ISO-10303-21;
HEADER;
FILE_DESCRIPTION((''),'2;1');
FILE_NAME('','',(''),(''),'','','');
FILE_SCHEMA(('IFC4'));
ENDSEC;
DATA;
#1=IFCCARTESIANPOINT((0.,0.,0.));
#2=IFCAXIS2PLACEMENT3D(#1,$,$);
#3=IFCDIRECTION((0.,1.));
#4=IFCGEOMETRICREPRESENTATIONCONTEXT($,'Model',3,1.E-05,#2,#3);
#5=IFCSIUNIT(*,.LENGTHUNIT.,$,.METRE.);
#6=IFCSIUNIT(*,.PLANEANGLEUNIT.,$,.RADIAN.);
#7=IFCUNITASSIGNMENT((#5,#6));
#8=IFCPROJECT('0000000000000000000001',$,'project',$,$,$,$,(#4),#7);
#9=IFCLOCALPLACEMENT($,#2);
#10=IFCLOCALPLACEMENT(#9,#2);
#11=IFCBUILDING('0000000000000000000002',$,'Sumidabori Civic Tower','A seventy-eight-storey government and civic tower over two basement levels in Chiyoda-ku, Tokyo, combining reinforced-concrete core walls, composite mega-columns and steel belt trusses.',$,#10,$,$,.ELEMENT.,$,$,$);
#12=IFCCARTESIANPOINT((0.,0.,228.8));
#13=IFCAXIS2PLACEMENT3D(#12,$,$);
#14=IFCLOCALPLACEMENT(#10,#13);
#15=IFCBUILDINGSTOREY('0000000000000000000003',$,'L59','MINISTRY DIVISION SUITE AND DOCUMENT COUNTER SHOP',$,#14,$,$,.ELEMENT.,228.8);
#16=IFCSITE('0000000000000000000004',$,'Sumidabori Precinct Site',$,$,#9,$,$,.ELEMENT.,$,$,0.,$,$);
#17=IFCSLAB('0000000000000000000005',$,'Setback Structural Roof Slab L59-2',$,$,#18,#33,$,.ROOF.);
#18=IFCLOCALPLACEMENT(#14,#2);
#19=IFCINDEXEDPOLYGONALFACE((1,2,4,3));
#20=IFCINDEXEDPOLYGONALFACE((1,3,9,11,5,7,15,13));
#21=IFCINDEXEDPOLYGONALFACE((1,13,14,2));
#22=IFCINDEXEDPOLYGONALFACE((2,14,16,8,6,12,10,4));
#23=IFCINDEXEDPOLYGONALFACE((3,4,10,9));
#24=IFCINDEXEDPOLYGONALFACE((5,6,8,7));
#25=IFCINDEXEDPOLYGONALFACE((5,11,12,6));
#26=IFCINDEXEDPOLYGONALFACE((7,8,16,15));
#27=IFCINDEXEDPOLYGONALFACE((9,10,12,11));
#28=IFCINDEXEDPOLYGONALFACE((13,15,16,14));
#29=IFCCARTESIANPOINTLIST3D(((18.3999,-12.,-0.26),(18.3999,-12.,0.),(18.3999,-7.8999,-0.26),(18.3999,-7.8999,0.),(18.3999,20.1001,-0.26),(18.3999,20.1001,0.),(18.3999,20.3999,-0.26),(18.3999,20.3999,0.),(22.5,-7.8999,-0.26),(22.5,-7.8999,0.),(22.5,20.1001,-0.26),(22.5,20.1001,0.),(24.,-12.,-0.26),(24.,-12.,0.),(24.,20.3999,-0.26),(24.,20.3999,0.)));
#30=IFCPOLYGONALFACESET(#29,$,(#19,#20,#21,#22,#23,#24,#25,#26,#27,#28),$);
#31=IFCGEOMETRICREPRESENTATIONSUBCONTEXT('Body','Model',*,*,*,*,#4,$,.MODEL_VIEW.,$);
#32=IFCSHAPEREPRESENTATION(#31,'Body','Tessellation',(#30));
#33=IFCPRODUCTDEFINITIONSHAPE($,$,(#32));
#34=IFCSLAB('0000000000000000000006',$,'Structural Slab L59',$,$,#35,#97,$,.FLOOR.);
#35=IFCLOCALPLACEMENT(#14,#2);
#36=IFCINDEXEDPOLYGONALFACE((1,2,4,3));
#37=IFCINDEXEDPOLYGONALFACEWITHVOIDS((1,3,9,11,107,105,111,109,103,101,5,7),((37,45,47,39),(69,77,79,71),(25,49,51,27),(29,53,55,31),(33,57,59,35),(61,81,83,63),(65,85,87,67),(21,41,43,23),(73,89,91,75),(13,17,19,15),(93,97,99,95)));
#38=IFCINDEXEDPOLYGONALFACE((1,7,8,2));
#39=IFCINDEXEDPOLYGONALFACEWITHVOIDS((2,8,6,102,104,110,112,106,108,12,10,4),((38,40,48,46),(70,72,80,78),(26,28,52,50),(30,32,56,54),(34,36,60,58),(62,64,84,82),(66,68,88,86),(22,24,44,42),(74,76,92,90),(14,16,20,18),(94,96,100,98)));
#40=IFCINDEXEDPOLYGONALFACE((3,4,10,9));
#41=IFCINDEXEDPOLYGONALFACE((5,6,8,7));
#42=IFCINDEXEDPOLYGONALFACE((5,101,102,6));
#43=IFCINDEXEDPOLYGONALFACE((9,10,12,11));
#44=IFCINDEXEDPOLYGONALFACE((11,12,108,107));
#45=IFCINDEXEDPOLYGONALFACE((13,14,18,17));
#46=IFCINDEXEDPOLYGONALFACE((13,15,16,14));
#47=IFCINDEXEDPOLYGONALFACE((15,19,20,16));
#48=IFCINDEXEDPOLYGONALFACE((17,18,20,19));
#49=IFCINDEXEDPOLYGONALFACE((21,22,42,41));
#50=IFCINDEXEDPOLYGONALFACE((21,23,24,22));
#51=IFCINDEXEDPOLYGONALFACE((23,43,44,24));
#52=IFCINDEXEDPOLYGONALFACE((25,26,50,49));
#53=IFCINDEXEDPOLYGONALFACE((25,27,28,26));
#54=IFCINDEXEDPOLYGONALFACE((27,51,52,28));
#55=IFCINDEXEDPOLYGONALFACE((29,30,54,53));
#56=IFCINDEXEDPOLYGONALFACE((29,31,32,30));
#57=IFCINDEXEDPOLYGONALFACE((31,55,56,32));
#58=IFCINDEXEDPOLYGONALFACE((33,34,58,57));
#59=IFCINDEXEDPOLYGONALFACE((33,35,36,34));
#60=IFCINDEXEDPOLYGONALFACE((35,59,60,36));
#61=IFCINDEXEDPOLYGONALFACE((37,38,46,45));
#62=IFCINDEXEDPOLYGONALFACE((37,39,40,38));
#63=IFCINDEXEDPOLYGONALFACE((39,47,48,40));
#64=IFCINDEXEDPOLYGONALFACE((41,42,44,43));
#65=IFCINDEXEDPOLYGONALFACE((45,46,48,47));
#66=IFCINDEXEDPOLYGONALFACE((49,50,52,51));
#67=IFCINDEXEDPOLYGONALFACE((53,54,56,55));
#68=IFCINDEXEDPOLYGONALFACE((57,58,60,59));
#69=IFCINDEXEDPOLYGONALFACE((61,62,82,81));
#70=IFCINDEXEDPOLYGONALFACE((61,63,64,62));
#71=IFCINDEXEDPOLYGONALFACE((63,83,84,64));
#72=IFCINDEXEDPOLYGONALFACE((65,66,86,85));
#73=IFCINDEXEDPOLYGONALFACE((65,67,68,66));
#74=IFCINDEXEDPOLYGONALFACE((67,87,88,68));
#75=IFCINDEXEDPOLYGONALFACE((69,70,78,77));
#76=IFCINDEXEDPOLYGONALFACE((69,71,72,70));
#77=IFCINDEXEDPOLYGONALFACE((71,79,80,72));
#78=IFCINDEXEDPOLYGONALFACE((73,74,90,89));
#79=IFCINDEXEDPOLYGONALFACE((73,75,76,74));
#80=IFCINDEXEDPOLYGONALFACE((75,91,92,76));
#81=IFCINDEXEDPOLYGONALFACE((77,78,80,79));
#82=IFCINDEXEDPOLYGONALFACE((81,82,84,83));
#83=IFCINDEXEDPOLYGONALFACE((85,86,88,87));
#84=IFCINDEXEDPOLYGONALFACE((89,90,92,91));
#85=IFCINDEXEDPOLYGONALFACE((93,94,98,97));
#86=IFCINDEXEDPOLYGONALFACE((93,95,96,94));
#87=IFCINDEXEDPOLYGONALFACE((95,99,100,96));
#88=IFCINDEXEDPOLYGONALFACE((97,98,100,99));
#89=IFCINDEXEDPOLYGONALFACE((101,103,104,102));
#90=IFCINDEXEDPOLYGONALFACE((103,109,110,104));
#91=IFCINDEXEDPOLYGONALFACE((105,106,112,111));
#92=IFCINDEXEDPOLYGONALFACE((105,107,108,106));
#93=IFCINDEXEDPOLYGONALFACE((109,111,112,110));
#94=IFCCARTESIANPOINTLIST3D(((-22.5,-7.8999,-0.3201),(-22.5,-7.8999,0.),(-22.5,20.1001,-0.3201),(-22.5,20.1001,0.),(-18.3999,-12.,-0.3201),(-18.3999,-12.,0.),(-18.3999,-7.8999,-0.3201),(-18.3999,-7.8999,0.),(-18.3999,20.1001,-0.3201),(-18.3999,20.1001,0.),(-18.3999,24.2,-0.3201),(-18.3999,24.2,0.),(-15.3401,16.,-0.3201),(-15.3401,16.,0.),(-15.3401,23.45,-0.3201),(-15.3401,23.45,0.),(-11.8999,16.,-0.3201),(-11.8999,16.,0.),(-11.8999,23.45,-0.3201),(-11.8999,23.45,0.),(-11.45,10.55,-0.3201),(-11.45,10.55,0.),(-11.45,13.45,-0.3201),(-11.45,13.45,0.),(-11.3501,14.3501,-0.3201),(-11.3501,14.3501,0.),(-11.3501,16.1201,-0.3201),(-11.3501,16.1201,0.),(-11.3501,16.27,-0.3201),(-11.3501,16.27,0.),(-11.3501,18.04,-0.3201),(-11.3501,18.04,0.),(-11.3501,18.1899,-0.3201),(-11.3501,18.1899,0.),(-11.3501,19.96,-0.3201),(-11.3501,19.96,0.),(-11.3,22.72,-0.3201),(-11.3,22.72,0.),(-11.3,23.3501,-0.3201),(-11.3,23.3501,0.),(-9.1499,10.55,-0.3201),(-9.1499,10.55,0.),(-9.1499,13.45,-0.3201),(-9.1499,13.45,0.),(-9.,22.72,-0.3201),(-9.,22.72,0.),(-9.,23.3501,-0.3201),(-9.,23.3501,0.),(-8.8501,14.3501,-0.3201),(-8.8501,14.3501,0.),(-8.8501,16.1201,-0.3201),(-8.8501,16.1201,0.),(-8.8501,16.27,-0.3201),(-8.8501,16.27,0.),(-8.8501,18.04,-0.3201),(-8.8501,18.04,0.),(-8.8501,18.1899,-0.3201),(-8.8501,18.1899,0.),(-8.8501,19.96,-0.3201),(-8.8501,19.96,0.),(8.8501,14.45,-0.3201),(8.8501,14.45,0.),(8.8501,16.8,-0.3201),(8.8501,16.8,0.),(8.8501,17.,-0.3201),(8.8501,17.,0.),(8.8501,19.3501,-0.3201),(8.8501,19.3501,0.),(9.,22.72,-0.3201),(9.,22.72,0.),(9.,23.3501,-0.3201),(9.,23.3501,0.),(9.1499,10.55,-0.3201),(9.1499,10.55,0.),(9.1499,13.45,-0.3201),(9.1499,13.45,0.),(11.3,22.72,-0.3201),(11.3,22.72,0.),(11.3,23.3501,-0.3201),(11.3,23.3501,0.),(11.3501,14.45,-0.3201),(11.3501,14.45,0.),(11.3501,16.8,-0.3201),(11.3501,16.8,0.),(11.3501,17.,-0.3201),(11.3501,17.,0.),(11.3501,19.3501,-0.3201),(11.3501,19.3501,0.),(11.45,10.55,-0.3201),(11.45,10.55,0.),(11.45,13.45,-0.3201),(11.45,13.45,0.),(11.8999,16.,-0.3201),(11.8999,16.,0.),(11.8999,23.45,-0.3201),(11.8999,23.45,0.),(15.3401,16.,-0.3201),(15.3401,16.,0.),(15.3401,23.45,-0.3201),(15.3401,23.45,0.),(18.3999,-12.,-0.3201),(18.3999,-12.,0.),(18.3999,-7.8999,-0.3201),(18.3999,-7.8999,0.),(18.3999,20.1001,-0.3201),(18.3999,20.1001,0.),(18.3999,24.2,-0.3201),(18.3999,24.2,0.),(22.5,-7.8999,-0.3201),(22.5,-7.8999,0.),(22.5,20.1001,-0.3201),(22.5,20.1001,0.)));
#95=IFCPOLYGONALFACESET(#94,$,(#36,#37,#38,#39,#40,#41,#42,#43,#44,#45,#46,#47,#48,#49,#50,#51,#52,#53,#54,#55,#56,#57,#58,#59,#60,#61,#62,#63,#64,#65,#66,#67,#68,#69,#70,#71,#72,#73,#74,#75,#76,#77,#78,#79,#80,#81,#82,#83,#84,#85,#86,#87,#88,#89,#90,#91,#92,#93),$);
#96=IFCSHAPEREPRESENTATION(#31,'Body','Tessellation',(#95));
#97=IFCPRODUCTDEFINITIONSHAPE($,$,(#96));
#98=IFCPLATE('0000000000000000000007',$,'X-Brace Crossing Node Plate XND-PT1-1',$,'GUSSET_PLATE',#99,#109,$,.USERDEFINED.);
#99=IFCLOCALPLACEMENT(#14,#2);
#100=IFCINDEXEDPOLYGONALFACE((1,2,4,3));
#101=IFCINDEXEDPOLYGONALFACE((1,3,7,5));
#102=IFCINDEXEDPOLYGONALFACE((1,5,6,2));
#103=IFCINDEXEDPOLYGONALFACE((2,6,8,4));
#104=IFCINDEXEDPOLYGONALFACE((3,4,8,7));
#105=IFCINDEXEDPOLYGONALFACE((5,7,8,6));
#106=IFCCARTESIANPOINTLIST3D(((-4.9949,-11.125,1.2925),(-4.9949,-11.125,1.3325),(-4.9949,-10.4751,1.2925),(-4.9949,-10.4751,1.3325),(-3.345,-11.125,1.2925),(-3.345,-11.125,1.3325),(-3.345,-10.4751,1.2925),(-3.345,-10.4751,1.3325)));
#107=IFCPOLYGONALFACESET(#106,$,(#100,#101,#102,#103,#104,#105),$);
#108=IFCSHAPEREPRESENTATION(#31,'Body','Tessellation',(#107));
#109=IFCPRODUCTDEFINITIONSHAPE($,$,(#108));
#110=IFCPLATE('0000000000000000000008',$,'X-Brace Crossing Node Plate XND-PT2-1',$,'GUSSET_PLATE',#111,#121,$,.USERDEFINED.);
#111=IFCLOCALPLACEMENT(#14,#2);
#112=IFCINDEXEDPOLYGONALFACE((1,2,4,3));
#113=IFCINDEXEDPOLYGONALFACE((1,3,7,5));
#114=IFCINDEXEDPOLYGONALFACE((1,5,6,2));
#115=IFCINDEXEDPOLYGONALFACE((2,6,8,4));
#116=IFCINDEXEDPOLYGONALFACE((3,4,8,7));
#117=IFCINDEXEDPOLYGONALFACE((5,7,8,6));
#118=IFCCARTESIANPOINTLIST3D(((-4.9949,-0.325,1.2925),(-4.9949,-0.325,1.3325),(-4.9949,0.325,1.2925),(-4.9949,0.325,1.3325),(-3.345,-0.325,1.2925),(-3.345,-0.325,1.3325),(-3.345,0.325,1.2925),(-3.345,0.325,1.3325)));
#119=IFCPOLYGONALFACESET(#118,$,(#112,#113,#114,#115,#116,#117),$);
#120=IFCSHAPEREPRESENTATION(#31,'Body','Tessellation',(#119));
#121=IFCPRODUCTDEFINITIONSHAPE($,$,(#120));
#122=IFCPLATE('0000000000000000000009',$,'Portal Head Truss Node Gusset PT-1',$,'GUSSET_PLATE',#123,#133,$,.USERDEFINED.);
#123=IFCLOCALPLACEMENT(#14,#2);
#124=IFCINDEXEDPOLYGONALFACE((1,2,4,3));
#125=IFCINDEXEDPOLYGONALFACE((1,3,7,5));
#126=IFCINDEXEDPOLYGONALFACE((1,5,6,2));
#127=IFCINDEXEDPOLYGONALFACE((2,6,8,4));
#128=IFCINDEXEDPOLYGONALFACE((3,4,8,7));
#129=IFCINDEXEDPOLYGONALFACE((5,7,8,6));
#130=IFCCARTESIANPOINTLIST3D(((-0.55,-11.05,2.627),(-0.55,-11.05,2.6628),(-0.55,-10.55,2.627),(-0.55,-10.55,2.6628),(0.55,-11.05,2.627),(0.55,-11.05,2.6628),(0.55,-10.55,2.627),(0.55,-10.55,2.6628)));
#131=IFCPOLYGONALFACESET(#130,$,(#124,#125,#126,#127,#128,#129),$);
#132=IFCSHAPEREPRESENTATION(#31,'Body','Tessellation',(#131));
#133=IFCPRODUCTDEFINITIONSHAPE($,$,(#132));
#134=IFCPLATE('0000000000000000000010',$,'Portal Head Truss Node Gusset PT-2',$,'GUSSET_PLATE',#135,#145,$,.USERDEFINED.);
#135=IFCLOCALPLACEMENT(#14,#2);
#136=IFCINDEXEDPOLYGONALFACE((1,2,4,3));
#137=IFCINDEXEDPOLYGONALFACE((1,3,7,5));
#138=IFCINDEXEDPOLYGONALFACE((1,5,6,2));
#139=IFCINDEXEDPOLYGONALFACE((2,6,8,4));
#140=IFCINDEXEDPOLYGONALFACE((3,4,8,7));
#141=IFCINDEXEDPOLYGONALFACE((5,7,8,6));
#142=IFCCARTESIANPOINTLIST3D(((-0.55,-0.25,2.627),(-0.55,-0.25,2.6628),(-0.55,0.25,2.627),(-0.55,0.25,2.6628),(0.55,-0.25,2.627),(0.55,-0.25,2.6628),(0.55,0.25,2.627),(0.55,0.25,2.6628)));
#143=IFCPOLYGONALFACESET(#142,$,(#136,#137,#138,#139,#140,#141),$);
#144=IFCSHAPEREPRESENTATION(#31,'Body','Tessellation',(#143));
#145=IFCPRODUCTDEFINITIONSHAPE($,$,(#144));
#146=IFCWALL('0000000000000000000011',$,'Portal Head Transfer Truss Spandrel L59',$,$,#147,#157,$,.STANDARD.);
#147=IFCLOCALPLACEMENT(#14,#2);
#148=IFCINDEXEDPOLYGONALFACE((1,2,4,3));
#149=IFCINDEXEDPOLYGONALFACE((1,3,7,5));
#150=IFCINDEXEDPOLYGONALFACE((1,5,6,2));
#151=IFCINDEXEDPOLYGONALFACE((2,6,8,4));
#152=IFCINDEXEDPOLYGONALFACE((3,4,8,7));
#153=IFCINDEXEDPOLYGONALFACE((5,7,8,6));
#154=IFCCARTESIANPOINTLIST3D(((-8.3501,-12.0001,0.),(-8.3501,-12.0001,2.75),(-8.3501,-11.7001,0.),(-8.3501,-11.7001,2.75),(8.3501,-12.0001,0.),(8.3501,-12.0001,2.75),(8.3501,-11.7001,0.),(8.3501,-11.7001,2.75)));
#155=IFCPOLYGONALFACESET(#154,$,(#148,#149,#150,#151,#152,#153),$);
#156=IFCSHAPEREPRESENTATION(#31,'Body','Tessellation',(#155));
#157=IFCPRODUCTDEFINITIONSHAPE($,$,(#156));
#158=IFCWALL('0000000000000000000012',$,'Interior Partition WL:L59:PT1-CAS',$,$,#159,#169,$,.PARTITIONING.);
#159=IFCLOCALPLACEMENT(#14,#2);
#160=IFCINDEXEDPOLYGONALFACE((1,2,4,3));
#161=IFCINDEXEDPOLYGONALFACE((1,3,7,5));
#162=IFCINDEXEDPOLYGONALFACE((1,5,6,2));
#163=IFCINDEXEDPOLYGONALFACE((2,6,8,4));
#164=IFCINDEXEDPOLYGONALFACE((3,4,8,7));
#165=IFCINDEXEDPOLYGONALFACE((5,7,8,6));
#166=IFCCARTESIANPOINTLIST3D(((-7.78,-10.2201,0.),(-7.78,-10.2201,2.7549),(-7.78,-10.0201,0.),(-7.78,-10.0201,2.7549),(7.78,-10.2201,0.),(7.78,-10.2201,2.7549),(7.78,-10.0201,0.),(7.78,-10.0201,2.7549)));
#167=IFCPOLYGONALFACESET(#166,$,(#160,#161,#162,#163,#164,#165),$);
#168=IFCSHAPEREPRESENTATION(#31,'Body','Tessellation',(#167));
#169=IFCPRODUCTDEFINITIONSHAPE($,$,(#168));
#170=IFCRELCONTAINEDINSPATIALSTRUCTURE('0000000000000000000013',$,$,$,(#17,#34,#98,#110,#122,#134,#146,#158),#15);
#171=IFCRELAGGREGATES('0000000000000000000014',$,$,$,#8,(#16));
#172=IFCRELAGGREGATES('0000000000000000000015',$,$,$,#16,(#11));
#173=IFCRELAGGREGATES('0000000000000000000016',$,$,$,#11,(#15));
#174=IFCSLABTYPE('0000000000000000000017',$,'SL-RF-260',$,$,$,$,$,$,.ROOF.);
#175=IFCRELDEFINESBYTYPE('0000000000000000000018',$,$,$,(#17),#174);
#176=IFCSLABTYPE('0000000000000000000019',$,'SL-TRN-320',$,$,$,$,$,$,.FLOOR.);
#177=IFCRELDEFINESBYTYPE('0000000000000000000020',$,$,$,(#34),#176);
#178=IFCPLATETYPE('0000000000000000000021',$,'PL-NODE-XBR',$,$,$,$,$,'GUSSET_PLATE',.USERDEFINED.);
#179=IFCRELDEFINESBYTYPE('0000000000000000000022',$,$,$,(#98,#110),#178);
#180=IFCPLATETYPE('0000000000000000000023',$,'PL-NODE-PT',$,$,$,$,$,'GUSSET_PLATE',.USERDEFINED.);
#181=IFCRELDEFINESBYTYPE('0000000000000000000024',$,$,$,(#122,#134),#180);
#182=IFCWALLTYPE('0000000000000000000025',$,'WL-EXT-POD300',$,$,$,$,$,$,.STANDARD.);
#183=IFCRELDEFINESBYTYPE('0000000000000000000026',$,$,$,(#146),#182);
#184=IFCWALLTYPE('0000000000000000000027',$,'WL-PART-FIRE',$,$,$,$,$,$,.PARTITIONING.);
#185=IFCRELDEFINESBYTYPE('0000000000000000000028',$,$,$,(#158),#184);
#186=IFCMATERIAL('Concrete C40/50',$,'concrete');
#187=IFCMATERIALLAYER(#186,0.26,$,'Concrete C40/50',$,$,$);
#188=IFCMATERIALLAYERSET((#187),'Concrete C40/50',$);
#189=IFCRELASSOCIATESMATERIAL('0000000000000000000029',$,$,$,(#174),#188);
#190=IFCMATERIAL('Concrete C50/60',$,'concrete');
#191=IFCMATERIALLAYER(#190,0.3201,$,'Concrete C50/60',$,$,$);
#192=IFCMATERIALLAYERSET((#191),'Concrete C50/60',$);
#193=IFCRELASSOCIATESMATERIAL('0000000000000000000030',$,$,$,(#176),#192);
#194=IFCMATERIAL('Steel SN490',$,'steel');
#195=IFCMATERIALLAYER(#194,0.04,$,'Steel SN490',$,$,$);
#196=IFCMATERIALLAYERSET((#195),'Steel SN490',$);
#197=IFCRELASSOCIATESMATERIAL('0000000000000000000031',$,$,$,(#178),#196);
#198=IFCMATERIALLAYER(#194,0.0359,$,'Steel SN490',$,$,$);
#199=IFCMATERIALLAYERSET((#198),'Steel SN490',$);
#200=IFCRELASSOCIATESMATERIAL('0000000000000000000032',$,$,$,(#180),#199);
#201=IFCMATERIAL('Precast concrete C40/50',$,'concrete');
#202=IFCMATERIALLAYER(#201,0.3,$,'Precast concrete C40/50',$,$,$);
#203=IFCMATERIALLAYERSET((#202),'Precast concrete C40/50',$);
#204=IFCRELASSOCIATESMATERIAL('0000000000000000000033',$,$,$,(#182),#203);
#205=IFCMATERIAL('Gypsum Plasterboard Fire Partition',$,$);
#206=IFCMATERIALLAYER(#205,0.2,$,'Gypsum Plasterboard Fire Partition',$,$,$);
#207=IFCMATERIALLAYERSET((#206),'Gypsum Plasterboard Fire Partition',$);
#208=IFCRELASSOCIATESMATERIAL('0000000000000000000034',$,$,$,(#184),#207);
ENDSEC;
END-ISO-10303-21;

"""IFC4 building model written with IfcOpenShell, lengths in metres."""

from ifc_helpers import new_model, si_unit, direction, frame, frame_2d, origin, origin_2d, place, context, subcontext, project, spatial, polyline, rectangle, outline, extrude, source, transform, mapped, material, layer, layer_set, type_object, element, save


model = new_model("IFC4")

# Units and contexts
model_context = context("Model", 3, precision=1e-05, world=origin(), true_north=direction((0.0, 1.0)))
body_context = subcontext(model_context, "Body", "Model", "MODEL_VIEW")
ifc_project = project(units=[si_unit("LENGTHUNIT", "METRE"), si_unit("PLANEANGLEUNIT", "RADIAN")], contexts=[model_context])

# Site, building, storey
site_placement = place(None, origin())
site = spatial("IfcSite", under=ifc_project, at=site_placement, Name="Sumidabori Precinct Site", CompositionType="ELEMENT", RefElevation=0.0)
building_placement = place(site_placement, origin())
building = spatial("IfcBuilding", under=site, at=building_placement, Name="Sumidabori Civic Tower", Description="A seventy-eight-storey government and civic tower over two basement levels in Chiyoda-ku, Tokyo, combining reinforced-concrete core walls, composite mega-columns and steel belt trusses.", CompositionType="ELEMENT")
storey_placement = place(building_placement, frame((0.0, 0.0, 228.8)))
storey = spatial("IfcBuildingStorey", under=building, at=storey_placement, Name="L59", Description="MINISTRY DIVISION SUITE AND DOCUMENT COUNTER SHOP", CompositionType="ELEMENT", Elevation=228.8)

# Shared definitions
ifc_material_1 = material(Name="Concrete C50/60", Category="concrete")
ifc_material_2 = material(Name="Steel SN490", Category="steel")

# Slabs
ifc_material_3 = material(Name="Concrete C40/50", Category="concrete")
ifc_layer_1 = layer(ifc_material_3, 0.26, Name="Concrete C40/50")
ifc_layer_set_1 = layer_set([ifc_layer_1], Name="Concrete C40/50")
slab_type_1 = type_object("IfcSlabType", Name="SL-RF-260", PredefinedType="ROOF", material=ifc_layer_set_1)
slab_1_placement = place(storey_placement, frame((0.0, 0.0, -0.26)))
element("IfcSlab", 1, at=slab_1_placement, inside=storey, type_object=slab_type_1, Name="Setback Structural Roof Slab L59-2", PredefinedType="ROOF", context=body_context, shape_type="SweptSolid", body=[
    extrude(outline(polyline([(24.0, 20.3999), (24.0, -12.0), (18.3999, -12.0), (18.3999, -7.8999), (22.5, -7.8999), (22.5, 20.1001), (18.3999, 20.1001), (18.3999, 20.3999), (24.0, 20.3999)])), origin(), (0.0, 0.0, 1.0), 0.26),
])
ifc_layer_2 = layer(ifc_material_1, 0.3201, Name="Concrete C50/60")
ifc_layer_set_2 = layer_set([ifc_layer_2], Name="Concrete C50/60")
slab_type_2 = type_object("IfcSlabType", Name="SL-TRN-320", PredefinedType="FLOOR", material=ifc_layer_set_2)
slab_2_placement = place(storey_placement, frame((0.0, 0.0, -0.3201)))
element("IfcSlab", 2, at=slab_2_placement, inside=storey, type_object=slab_type_2, Name="Structural Slab L59", PredefinedType="FLOOR", context=body_context, shape_type="SweptSolid", body=[
    extrude(outline(polyline([(-18.3999, -12.0), (18.3999, -12.0), (18.3999, -7.8999), (22.5, -7.8999), (22.5, 20.1001), (18.3999, 20.1001), (18.3999, 24.2), (-18.3999, 24.2), (-18.3999, 20.1001), (-22.5, 20.1001), (-22.5, -7.8999), (-18.3999, -7.8999), (-18.3999, -12.0)]), holes=[polyline([(-11.8999, 16.0), (-11.8999, 23.45), (-15.3401, 23.45), (-15.3401, 16.0), (-11.8999, 16.0)]), polyline([(15.3401, 16.0), (15.3401, 23.45), (11.8999, 23.45), (11.8999, 16.0), (15.3401, 16.0)]), polyline([(-11.45, 10.55), (-9.1499, 10.55), (-9.1499, 13.45), (-11.45, 13.45), (-11.45, 10.55)]), polyline([(9.1499, 10.55), (11.45, 10.55), (11.45, 13.45), (9.1499, 13.45), (9.1499, 10.55)]), polyline([(-11.3501, 14.3501), (-8.8501, 14.3501), (-8.8501, 16.1201), (-11.3501, 16.1201), (-11.3501, 14.3501)]), polyline([(-11.3501, 16.27), (-8.8501, 16.27), (-8.8501, 18.04), (-11.3501, 18.04), (-11.3501, 16.27)]), polyline([(-11.3501, 18.1899), (-8.8501, 18.1899), (-8.8501, 19.96), (-11.3501, 19.96), (-11.3501, 18.1899)]), polyline([(8.8501, 14.45), (11.3501, 14.45), (11.3501, 16.8), (8.8501, 16.8), (8.8501, 14.45)]), polyline([(8.8501, 17.0), (11.3501, 17.0), (11.3501, 19.3501), (8.8501, 19.3501), (8.8501, 17.0)]), polyline([(-11.3, 22.72), (-9.0, 22.72), (-9.0, 23.3501), (-11.3, 23.3501), (-11.3, 22.72)]), polyline([(9.0, 22.72), (11.3, 22.72), (11.3, 23.3501), (9.0, 23.3501), (9.0, 22.72)])]), origin(), (0.0, 0.0, 1.0), 0.3201),
])

# Plates
ifc_layer_3 = layer(ifc_material_2, 0.04, Name="Steel SN490")
ifc_layer_set_3 = layer_set([ifc_layer_3], Name="Steel SN490")
plate_type_1 = type_object("IfcPlateType", Name="PL-NODE-XBR", ElementType="GUSSET_PLATE", PredefinedType="USERDEFINED", material=ifc_layer_set_3)
shared_shape_1 = source(origin(), body_context, "Body", "SweptSolid", [
    extrude(rectangle(XDim=1.6499, YDim=0.6499, at=origin_2d()), origin(), (0.0, 0.0, 1.0), 0.04),
])
for number, where, z_axis, x_axis, name in (
    (3, (-4.1699, -10.8, 1.2925), (0.0, 0.0, 1.0), (1.0, 0.0, 0.0), "X-Brace Crossing Node Plate XND-PT1-1"),
    (4, (-4.1699, 0.0, 1.2925), (0.0, 0.0, 1.0), (1.0, 0.0, 0.0), "X-Brace Crossing Node Plate XND-PT2-1"),
):
    element("IfcPlate", number, at=place(storey_placement, frame(where, z_axis=z_axis, x_axis=x_axis)), inside=storey, type_object=plate_type_1, Name=name, ObjectType="GUSSET_PLATE", PredefinedType="USERDEFINED", context=body_context, shape_type="MappedRepresentation", body=[
        mapped(shared_shape_1, transform((0.0, 0.0, 0.0), x_axis=(1.0, 0.0, 0.0), y_axis=(0.0, 1.0, 0.0), z_axis=(0.0, 0.0, 1.0), scale=1.0)),
    ])
ifc_layer_4 = layer(ifc_material_2, 0.0359, Name="Steel SN490")
ifc_layer_set_4 = layer_set([ifc_layer_4], Name="Steel SN490")
plate_type_2 = type_object("IfcPlateType", Name="PL-NODE-PT", ElementType="GUSSET_PLATE", PredefinedType="USERDEFINED", material=ifc_layer_set_4)
shared_shape_2 = source(origin(), body_context, "Body", "SweptSolid", [
    extrude(rectangle(XDim=1.1001, YDim=0.5, at=origin_2d()), origin(), (0.0, 0.0, 1.0), 0.0359),
])
for number, where, z_axis, x_axis, name in (
    (5, (0.0, -10.8, 2.627), (0.0, 0.0, 1.0), (1.0, 0.0, 0.0), "Portal Head Truss Node Gusset PT-1"),
    (6, (0.0, 0.0, 2.627), (0.0, 0.0, 1.0), (1.0, 0.0, 0.0), "Portal Head Truss Node Gusset PT-2"),
):
    element("IfcPlate", number, at=place(storey_placement, frame(where, z_axis=z_axis, x_axis=x_axis)), inside=storey, type_object=plate_type_2, Name=name, ObjectType="GUSSET_PLATE", PredefinedType="USERDEFINED", context=body_context, shape_type="MappedRepresentation", body=[
        mapped(shared_shape_2, transform((0.0, 0.0, 0.0), x_axis=(1.0, 0.0, 0.0), y_axis=(0.0, 1.0, 0.0), z_axis=(0.0, 0.0, 1.0), scale=1.0)),
    ])

# Walls
ifc_material_4 = material(Name="Precast concrete C40/50", Category="concrete")
ifc_layer_5 = layer(ifc_material_4, 0.3, Name="Precast concrete C40/50")
ifc_layer_set_5 = layer_set([ifc_layer_5], Name="Precast concrete C40/50")
wall_type_1 = type_object("IfcWallType", Name="WL-EXT-POD300", PredefinedType="STANDARD", material=ifc_layer_set_5)
shared_shape_3 = source(origin(), body_context, "Body", "SweptSolid", [
    extrude(rectangle(XDim=16.7002, YDim=0.3, at=frame_2d((8.3501, 0.0))), origin(), (0.0, 0.0, 1.0), 2.75),
])
wall_1_placement = place(storey_placement, frame((-8.3501, -11.8501, 0.0), z_axis=(0.0, 0.0, 1.0), x_axis=(1.0, 0.0, 0.0)))
element("IfcWall", 7, at=wall_1_placement, inside=storey, type_object=wall_type_1, Name="Portal Head Transfer Truss Spandrel L59", PredefinedType="STANDARD", context=body_context, shape_type="MappedRepresentation", body=[
    mapped(shared_shape_3, transform((0.0, 0.0, 0.0), x_axis=(1.0, 0.0, 0.0), y_axis=(0.0, 1.0, 0.0), z_axis=(0.0, 0.0, 1.0), scale=1.0)),
])
ifc_material_5 = material(Name="Gypsum Plasterboard Fire Partition")
ifc_layer_6 = layer(ifc_material_5, 0.2, Name="Gypsum Plasterboard Fire Partition")
ifc_layer_set_6 = layer_set([ifc_layer_6], Name="Gypsum Plasterboard Fire Partition")
wall_type_2 = type_object("IfcWallType", Name="WL-PART-FIRE", PredefinedType="PARTITIONING", material=ifc_layer_set_6)
shared_shape_4 = source(origin(), body_context, "Body", "SweptSolid", [
    extrude(rectangle(XDim=15.5601, YDim=0.2, at=frame_2d((7.78, 0.0))), origin(), (0.0, 0.0, 1.0), 2.7549),
])
for number, where, z_axis, x_axis, name in (
    (8, (-7.78, -10.1201, 0.0), (0.0, 0.0, 1.0), (1.0, 0.0, 0.0), "Interior Partition WL:L59:PT1-CAS"),
):
    element("IfcWall", number, at=place(storey_placement, frame(where, z_axis=z_axis, x_axis=x_axis)), inside=storey, type_object=wall_type_2, Name=name, PredefinedType="PARTITIONING", context=body_context, shape_type="MappedRepresentation", body=[
        mapped(shared_shape_4, transform((0.0, 0.0, 0.0), x_axis=(1.0, 0.0, 0.0), y_axis=(0.0, 1.0, 0.0), z_axis=(0.0, 0.0, 1.0), scale=1.0)),
    ])

save(model, "model.ifc")
